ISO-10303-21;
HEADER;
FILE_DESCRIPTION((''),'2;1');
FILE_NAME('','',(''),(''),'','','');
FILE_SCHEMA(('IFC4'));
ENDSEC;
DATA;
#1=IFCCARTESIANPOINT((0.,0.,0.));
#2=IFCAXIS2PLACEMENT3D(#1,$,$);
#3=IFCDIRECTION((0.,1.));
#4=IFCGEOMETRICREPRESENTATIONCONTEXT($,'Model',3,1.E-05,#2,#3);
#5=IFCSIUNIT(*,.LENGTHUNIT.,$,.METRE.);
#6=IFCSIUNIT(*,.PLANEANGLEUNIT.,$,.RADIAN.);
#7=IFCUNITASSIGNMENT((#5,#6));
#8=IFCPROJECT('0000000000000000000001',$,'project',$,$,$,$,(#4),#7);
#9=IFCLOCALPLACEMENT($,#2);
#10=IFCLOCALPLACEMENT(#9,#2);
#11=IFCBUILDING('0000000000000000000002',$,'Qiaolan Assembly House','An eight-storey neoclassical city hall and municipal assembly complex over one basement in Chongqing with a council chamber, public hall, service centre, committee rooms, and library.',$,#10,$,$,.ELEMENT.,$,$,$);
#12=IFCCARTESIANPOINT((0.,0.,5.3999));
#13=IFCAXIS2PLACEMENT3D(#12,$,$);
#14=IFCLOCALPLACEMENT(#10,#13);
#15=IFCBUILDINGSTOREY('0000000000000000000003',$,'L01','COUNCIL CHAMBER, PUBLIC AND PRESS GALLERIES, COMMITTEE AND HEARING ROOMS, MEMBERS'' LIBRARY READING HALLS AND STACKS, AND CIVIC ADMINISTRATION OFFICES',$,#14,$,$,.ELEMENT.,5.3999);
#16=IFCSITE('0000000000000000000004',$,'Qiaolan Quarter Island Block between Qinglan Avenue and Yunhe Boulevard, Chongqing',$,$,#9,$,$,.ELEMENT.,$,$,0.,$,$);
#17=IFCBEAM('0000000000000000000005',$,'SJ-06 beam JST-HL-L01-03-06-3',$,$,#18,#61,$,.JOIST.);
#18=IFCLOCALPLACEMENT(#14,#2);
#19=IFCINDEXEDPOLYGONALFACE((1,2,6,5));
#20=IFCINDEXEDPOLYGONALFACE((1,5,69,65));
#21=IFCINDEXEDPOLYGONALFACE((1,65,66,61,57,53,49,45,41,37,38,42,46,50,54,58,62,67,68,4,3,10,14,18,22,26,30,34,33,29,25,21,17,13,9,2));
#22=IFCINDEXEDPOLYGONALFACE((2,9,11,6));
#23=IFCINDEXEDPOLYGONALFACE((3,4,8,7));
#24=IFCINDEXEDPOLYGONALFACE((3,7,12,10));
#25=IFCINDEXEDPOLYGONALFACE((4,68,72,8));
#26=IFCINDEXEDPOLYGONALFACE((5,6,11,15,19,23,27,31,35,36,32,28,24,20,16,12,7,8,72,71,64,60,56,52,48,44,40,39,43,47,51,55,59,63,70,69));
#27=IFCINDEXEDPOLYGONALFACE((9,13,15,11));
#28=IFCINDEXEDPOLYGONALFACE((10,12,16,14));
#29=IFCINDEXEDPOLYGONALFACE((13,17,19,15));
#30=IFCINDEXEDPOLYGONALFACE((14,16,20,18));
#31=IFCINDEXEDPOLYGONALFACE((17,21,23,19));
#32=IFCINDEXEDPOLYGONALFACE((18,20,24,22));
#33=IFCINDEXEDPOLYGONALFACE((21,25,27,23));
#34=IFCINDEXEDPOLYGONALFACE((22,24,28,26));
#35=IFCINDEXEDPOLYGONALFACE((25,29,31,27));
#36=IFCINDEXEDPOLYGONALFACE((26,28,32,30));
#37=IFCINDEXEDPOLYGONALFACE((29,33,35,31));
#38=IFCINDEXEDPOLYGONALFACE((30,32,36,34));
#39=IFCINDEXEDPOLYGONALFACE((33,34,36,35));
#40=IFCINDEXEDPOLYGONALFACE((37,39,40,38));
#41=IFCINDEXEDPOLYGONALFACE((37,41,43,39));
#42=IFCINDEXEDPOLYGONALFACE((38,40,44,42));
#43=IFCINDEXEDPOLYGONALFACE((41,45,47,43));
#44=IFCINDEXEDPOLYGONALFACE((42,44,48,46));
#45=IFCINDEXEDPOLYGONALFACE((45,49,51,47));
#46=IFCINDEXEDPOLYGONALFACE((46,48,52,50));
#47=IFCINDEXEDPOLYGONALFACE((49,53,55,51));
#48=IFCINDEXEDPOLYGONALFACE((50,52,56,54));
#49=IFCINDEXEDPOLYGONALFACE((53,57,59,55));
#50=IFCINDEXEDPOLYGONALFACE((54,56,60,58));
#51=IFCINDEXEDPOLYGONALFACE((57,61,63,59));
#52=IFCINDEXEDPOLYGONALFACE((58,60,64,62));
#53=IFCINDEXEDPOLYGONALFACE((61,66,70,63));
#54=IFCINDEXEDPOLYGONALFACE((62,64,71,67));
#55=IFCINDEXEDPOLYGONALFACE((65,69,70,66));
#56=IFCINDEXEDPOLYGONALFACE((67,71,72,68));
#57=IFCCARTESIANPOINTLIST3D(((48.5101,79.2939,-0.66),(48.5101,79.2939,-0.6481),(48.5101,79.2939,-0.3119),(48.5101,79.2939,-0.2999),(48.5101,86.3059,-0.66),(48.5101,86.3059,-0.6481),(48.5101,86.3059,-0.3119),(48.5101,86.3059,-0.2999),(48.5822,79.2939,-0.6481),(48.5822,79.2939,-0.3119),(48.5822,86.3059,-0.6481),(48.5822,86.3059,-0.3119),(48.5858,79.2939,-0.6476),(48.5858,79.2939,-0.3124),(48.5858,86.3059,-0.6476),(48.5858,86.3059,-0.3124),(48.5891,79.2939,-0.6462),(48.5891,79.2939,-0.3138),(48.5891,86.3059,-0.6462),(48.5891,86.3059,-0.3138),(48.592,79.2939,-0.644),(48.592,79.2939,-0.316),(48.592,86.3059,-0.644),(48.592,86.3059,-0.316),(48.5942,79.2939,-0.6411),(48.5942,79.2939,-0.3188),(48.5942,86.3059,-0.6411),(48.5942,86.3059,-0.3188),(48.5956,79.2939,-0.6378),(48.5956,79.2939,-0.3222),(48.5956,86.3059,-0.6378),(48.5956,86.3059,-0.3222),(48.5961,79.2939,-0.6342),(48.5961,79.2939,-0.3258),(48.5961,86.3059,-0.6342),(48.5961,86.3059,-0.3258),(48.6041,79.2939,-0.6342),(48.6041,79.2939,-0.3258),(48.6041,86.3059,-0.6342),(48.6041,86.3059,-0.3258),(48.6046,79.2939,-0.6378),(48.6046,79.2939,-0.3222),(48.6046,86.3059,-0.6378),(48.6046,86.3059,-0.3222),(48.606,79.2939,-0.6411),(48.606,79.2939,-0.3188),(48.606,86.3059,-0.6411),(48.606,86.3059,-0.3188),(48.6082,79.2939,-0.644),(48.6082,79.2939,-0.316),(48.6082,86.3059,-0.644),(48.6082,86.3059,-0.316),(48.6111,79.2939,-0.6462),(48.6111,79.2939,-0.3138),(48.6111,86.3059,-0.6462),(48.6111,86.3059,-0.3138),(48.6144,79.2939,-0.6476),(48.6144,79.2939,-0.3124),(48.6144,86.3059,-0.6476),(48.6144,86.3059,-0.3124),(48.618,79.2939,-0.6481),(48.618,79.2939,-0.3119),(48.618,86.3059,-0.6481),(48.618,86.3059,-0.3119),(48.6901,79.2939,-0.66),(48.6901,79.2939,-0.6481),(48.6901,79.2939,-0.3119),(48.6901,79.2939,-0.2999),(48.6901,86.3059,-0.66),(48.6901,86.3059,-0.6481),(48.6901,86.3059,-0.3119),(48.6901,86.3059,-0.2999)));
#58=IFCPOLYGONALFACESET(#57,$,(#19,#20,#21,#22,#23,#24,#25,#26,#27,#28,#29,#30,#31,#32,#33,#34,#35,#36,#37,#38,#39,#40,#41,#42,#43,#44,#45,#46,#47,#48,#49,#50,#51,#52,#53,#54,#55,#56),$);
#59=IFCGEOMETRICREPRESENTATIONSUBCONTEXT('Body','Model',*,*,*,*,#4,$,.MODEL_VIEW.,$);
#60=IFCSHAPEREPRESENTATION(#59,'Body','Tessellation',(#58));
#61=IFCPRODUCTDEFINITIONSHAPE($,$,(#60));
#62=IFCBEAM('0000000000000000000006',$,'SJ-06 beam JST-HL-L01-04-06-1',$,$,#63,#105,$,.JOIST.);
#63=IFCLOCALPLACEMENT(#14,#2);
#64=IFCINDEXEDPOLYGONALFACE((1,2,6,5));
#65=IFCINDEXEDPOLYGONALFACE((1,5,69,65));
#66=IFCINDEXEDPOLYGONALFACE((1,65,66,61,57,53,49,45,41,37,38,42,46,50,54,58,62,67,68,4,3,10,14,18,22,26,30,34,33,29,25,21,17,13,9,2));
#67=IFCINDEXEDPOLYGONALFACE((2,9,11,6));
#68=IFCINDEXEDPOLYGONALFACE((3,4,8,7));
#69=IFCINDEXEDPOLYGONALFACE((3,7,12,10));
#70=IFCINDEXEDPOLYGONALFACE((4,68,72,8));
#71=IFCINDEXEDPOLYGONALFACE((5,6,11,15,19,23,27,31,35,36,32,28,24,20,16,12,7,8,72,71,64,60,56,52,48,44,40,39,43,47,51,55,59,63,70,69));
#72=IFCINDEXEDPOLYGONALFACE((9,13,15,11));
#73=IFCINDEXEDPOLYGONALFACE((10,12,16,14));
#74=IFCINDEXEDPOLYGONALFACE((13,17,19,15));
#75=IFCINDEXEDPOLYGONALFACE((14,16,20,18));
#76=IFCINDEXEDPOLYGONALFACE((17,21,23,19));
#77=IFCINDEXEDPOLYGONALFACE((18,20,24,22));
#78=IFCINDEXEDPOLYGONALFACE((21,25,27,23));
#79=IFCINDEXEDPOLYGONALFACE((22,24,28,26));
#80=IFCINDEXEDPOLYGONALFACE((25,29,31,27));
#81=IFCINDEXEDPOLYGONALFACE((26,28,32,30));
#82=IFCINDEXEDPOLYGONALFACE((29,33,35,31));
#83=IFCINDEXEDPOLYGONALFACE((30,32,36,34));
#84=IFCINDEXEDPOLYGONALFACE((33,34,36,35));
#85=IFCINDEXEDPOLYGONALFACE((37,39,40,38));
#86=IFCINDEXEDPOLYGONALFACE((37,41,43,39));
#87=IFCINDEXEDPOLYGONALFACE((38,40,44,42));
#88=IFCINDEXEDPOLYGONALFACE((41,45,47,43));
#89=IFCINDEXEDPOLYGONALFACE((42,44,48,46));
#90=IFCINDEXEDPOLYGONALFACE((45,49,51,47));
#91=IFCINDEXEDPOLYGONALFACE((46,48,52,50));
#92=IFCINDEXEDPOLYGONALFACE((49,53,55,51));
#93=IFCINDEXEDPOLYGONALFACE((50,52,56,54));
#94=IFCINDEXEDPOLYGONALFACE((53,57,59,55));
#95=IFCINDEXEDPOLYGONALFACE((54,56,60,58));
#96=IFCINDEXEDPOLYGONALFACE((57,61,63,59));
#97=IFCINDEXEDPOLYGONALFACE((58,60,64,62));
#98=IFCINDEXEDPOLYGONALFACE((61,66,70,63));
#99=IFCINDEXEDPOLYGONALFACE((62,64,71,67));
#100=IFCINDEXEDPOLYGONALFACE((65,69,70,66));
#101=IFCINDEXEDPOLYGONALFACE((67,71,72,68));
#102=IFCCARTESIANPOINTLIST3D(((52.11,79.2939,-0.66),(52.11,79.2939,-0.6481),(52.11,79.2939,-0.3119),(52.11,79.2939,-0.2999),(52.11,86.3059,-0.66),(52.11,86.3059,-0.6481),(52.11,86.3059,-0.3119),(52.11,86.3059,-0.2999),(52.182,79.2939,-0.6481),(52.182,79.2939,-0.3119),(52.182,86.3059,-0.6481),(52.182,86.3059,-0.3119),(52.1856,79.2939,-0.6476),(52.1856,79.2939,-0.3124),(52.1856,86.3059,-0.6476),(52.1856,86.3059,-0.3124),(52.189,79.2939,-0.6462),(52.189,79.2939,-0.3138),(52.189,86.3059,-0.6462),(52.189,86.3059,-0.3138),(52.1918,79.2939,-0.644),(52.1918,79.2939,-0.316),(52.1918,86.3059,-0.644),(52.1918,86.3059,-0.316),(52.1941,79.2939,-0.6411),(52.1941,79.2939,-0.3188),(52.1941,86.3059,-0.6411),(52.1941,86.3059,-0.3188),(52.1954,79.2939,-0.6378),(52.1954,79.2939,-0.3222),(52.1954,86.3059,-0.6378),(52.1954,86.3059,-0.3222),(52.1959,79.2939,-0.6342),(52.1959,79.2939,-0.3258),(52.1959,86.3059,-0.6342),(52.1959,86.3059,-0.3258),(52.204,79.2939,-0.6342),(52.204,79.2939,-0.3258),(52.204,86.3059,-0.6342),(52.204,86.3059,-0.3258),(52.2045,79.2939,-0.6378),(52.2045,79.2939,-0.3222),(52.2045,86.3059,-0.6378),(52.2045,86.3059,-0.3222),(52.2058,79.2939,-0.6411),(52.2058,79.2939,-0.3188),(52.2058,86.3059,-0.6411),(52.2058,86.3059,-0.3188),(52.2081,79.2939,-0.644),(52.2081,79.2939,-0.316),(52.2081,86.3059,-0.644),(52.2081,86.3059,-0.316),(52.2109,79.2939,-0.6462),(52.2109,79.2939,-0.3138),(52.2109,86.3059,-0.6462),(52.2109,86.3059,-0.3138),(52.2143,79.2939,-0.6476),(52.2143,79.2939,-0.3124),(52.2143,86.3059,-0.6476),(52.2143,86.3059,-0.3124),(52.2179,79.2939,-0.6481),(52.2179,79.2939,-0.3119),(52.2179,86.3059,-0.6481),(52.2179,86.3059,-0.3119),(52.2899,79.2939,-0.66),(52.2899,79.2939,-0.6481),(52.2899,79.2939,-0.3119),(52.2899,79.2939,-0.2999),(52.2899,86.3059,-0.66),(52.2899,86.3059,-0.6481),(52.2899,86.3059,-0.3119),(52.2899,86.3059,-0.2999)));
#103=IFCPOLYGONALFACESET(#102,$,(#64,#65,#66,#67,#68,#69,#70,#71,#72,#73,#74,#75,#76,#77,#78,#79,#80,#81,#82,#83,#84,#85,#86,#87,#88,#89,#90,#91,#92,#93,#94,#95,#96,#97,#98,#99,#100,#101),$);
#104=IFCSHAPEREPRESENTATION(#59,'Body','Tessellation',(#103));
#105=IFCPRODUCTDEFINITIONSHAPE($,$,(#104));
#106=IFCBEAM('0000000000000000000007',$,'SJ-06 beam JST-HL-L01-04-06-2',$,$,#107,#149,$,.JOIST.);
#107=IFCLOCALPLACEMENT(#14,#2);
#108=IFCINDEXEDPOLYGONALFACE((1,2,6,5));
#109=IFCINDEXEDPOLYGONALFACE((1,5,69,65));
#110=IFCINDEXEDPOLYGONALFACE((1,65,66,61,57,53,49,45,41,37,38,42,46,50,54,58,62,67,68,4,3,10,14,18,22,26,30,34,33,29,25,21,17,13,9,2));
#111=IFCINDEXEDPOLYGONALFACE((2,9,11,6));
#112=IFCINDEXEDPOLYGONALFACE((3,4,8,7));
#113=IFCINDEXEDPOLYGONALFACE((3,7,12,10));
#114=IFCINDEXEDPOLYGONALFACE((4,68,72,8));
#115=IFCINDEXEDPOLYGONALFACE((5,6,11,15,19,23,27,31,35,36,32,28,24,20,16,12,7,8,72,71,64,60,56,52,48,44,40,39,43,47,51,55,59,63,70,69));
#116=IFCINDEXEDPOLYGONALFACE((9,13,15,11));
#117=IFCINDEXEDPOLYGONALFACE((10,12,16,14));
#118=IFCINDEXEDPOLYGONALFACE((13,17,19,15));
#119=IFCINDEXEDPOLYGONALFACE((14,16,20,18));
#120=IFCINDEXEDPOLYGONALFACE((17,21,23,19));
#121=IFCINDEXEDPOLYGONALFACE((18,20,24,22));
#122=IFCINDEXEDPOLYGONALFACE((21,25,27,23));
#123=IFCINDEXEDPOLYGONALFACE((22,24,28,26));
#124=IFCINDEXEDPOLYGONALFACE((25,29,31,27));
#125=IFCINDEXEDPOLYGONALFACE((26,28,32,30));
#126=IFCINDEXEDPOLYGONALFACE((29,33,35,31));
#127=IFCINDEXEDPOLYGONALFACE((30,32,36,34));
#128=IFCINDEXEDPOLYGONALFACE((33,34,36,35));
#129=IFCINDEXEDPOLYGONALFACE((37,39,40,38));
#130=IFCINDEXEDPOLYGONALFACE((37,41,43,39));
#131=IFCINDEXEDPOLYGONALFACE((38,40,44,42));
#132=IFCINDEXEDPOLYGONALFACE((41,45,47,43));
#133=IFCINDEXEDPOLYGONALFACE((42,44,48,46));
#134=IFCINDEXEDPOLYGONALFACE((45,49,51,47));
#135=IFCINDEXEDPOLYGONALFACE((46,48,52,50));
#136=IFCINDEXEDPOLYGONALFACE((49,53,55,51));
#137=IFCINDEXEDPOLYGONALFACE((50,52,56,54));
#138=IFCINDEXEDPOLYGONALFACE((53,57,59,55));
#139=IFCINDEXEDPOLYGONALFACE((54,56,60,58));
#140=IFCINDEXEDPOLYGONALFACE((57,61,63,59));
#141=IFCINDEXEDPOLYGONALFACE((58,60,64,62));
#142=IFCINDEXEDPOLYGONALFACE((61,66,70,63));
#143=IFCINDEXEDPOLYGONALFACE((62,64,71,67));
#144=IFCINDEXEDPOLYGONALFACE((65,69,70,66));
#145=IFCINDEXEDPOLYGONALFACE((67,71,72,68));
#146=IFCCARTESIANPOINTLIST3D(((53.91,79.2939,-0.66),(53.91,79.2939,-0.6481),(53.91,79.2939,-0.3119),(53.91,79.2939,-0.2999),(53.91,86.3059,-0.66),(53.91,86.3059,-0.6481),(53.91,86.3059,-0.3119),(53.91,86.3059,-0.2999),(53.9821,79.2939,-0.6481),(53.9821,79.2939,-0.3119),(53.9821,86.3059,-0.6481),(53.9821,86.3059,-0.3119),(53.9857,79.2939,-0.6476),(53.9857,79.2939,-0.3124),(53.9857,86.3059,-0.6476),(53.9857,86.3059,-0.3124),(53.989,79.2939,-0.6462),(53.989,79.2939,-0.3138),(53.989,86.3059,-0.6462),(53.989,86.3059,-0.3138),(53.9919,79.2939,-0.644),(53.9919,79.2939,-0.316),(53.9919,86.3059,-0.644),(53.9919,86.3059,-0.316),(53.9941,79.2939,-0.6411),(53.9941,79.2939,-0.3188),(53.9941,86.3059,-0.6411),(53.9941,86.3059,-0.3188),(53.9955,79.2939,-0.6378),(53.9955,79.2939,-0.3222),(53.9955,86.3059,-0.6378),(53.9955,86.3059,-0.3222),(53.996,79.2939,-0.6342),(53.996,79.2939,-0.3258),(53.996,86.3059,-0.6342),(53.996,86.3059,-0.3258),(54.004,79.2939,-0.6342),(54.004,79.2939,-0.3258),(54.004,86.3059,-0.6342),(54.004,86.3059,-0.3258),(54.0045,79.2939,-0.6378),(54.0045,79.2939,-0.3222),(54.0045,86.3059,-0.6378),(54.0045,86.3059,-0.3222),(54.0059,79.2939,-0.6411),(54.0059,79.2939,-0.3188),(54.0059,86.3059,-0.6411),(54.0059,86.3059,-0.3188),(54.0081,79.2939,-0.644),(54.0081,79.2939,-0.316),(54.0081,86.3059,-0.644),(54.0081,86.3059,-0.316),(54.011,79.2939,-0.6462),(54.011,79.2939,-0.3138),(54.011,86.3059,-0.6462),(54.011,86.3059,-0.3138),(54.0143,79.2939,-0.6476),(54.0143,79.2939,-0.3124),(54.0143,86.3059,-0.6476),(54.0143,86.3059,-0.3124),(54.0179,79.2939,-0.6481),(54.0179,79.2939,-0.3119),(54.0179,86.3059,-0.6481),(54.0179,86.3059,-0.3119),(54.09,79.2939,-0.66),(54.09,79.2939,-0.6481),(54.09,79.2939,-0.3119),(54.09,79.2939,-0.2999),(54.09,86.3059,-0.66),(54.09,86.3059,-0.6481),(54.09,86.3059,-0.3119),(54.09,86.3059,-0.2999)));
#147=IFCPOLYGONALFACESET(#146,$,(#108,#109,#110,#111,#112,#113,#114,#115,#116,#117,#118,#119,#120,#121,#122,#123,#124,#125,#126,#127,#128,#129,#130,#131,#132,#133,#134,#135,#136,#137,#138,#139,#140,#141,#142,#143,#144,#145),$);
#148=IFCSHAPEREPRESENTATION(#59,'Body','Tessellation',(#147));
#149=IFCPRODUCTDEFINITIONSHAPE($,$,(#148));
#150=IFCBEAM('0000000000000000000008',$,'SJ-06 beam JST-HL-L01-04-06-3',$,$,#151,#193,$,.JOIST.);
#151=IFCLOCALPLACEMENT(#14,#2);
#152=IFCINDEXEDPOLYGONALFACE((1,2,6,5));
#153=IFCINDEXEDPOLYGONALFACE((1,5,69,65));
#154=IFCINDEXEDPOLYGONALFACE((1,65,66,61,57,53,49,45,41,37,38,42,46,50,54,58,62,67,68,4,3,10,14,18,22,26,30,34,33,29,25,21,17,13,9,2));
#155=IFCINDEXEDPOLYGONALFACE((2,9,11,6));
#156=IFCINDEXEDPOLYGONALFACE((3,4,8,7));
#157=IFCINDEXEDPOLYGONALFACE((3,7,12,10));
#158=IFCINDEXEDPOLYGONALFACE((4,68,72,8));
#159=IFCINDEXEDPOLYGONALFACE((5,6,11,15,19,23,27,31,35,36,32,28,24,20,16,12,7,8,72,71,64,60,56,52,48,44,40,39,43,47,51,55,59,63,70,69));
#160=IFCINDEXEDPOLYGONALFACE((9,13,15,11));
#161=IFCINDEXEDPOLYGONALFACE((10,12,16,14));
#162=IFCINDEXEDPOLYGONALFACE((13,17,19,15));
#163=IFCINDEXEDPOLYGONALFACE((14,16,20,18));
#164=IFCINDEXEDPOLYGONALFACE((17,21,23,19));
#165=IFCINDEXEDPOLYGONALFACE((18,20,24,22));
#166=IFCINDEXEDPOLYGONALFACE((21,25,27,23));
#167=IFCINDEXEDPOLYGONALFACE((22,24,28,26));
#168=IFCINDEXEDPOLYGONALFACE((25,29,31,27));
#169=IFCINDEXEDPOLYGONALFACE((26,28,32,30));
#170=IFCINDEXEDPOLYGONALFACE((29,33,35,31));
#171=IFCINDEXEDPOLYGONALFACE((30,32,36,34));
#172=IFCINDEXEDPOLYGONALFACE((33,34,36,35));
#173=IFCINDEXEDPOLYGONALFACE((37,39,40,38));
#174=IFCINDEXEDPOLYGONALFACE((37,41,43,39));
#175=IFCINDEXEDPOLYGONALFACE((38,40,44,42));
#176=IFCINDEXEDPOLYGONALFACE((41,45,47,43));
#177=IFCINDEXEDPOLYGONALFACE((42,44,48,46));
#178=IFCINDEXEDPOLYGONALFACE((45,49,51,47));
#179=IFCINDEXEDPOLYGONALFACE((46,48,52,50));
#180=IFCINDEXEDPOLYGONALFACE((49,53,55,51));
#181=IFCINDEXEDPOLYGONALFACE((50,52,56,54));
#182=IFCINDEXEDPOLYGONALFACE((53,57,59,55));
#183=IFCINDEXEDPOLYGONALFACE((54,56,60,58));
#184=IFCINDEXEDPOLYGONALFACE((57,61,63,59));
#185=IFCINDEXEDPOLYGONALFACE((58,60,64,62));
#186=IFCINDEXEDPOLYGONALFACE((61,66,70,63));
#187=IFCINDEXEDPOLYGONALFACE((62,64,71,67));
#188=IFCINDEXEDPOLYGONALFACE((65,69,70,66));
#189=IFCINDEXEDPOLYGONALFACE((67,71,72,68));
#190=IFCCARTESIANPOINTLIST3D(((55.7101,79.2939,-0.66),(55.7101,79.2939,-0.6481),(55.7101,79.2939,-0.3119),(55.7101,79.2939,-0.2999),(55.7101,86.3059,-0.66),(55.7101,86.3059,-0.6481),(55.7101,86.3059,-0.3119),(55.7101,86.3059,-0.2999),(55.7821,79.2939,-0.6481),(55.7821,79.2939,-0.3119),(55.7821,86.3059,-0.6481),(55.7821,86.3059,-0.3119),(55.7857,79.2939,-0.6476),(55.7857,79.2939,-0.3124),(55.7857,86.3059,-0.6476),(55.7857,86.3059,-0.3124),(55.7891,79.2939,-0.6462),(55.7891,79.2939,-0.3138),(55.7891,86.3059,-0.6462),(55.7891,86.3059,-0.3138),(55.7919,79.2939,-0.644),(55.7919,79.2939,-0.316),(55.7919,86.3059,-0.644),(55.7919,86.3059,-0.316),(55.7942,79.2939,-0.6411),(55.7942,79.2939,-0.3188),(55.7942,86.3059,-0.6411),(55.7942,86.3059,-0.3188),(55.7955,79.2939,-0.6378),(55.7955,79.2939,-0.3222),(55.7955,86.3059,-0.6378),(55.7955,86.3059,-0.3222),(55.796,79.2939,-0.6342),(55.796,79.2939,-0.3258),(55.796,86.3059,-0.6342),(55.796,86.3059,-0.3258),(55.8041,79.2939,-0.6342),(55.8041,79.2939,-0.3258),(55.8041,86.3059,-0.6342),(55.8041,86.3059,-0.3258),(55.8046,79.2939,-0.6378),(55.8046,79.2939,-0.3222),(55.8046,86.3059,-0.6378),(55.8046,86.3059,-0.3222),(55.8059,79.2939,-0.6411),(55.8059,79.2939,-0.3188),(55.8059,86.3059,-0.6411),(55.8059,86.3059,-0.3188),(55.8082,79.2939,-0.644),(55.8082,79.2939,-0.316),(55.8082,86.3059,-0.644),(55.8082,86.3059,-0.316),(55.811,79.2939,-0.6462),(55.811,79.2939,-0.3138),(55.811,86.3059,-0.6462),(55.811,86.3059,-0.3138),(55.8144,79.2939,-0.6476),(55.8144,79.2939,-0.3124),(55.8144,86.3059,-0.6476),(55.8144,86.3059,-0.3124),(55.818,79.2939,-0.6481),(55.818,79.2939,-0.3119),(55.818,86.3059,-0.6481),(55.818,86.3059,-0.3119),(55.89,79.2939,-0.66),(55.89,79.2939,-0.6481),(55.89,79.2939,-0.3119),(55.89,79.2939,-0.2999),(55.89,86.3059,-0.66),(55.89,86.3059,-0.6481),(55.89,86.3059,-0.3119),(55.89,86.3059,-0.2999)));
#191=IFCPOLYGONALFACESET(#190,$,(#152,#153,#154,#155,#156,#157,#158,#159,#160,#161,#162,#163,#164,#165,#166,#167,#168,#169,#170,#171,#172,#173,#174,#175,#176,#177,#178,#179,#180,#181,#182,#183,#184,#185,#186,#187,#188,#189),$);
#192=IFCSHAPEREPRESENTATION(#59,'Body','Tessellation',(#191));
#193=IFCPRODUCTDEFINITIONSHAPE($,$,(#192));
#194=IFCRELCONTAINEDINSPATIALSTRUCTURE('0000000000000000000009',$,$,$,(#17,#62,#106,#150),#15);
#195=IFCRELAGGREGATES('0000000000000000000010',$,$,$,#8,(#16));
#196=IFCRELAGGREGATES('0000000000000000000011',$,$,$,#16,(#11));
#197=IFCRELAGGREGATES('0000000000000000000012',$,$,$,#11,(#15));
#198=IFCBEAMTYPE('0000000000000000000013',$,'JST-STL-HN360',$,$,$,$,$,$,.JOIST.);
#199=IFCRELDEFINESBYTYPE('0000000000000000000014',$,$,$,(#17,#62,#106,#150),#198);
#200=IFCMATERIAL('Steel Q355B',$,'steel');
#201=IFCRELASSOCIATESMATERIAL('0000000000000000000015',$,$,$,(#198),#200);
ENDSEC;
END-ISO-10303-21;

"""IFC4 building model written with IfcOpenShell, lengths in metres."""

from ifc_helpers import new_model, si_unit, direction, frame, origin, origin_2d, place, context, subcontext, project, spatial, i_section, extrude, material, material_profile, profile_set, type_object, element, save


model = new_model("IFC4")

# Units and contexts
model_context = context("Model", 3, precision=1e-05, world=origin(), true_north=direction((0.0, 1.0)))
body_context = subcontext(model_context, "Body", "Model", "MODEL_VIEW")
ifc_project = project(units=[si_unit("LENGTHUNIT", "METRE"), si_unit("PLANEANGLEUNIT", "RADIAN")], contexts=[model_context])

# Site, building, storey
site_placement = place(None, origin())
site = spatial("IfcSite", under=ifc_project, at=site_placement, Name="Qiaolan Quarter Island Block between Qinglan Avenue and Yunhe Boulevard, Chongqing", CompositionType="ELEMENT", RefElevation=0.0)
building_placement = place(site_placement, origin())
building = spatial("IfcBuilding", under=site, at=building_placement, Name="Qiaolan Assembly House", Description="An eight-storey neoclassical city hall and municipal assembly complex over one basement in Chongqing with a council chamber, public hall, service centre, committee rooms, and library.", CompositionType="ELEMENT")
storey_placement = place(building_placement, frame((0.0, 0.0, 5.3999)))
storey = spatial("IfcBuildingStorey", under=building, at=storey_placement, Name="L01", Description="COUNCIL CHAMBER, PUBLIC AND PRESS GALLERIES, COMMITTEE AND HEARING ROOMS, MEMBERS' LIBRARY READING HALLS AND STACKS, AND CIVIC ADMINISTRATION OFFICES", CompositionType="ELEMENT", Elevation=5.3999)

# Beams
ifc_material_1 = material(Name="Steel Q355B", Category="steel")
ifc_material_profile_1 = material_profile(ifc_material_1, i_section(OverallWidth=0.1799, OverallDepth=0.3601, WebThickness=0.0081, FlangeThickness=0.012, FilletRadius=0.0139, at=origin_2d()), Name="HN 360x180x8x12")
ifc_profile_set_1 = profile_set([ifc_material_profile_1], Name="Steel Q355B")
beam_type_1 = type_object("IfcBeamType", Name="JST-STL-HN360", PredefinedType="JOIST", material=ifc_profile_set_1)
for number, where, z_axis, x_axis, name in (
    (1, (48.6001, 79.2939, -0.48), (0.0, 1.0, 0.0), (-1.0, 0.0, 0.0), "SJ-06 beam JST-HL-L01-03-06-3"),
    (2, (52.2, 79.2939, -0.48), (0.0, 1.0, 0.0), (-1.0, 0.0, 0.0), "SJ-06 beam JST-HL-L01-04-06-1"),
    (3, (54.0, 79.2939, -0.48), (0.0, 1.0, 0.0), (-1.0, 0.0, 0.0), "SJ-06 beam JST-HL-L01-04-06-2"),
    (4, (55.8, 79.2939, -0.48), (0.0, 1.0, 0.0), (-1.0, 0.0, 0.0), "SJ-06 beam JST-HL-L01-04-06-3"),
):
    element("IfcBeam", number, at=place(storey_placement, frame(where, z_axis=z_axis, x_axis=x_axis)), inside=storey, type_object=beam_type_1, Name=name, PredefinedType="JOIST", context=body_context, shape_type="SweptSolid", body=[
        extrude(i_section(OverallWidth=0.1799, OverallDepth=0.3601, WebThickness=0.0081, FlangeThickness=0.012, FilletRadius=0.0139, at=origin_2d()), origin(), (0.0, 0.0, 1.0), 7.012),
    ])

save(model, "model.ifc")
